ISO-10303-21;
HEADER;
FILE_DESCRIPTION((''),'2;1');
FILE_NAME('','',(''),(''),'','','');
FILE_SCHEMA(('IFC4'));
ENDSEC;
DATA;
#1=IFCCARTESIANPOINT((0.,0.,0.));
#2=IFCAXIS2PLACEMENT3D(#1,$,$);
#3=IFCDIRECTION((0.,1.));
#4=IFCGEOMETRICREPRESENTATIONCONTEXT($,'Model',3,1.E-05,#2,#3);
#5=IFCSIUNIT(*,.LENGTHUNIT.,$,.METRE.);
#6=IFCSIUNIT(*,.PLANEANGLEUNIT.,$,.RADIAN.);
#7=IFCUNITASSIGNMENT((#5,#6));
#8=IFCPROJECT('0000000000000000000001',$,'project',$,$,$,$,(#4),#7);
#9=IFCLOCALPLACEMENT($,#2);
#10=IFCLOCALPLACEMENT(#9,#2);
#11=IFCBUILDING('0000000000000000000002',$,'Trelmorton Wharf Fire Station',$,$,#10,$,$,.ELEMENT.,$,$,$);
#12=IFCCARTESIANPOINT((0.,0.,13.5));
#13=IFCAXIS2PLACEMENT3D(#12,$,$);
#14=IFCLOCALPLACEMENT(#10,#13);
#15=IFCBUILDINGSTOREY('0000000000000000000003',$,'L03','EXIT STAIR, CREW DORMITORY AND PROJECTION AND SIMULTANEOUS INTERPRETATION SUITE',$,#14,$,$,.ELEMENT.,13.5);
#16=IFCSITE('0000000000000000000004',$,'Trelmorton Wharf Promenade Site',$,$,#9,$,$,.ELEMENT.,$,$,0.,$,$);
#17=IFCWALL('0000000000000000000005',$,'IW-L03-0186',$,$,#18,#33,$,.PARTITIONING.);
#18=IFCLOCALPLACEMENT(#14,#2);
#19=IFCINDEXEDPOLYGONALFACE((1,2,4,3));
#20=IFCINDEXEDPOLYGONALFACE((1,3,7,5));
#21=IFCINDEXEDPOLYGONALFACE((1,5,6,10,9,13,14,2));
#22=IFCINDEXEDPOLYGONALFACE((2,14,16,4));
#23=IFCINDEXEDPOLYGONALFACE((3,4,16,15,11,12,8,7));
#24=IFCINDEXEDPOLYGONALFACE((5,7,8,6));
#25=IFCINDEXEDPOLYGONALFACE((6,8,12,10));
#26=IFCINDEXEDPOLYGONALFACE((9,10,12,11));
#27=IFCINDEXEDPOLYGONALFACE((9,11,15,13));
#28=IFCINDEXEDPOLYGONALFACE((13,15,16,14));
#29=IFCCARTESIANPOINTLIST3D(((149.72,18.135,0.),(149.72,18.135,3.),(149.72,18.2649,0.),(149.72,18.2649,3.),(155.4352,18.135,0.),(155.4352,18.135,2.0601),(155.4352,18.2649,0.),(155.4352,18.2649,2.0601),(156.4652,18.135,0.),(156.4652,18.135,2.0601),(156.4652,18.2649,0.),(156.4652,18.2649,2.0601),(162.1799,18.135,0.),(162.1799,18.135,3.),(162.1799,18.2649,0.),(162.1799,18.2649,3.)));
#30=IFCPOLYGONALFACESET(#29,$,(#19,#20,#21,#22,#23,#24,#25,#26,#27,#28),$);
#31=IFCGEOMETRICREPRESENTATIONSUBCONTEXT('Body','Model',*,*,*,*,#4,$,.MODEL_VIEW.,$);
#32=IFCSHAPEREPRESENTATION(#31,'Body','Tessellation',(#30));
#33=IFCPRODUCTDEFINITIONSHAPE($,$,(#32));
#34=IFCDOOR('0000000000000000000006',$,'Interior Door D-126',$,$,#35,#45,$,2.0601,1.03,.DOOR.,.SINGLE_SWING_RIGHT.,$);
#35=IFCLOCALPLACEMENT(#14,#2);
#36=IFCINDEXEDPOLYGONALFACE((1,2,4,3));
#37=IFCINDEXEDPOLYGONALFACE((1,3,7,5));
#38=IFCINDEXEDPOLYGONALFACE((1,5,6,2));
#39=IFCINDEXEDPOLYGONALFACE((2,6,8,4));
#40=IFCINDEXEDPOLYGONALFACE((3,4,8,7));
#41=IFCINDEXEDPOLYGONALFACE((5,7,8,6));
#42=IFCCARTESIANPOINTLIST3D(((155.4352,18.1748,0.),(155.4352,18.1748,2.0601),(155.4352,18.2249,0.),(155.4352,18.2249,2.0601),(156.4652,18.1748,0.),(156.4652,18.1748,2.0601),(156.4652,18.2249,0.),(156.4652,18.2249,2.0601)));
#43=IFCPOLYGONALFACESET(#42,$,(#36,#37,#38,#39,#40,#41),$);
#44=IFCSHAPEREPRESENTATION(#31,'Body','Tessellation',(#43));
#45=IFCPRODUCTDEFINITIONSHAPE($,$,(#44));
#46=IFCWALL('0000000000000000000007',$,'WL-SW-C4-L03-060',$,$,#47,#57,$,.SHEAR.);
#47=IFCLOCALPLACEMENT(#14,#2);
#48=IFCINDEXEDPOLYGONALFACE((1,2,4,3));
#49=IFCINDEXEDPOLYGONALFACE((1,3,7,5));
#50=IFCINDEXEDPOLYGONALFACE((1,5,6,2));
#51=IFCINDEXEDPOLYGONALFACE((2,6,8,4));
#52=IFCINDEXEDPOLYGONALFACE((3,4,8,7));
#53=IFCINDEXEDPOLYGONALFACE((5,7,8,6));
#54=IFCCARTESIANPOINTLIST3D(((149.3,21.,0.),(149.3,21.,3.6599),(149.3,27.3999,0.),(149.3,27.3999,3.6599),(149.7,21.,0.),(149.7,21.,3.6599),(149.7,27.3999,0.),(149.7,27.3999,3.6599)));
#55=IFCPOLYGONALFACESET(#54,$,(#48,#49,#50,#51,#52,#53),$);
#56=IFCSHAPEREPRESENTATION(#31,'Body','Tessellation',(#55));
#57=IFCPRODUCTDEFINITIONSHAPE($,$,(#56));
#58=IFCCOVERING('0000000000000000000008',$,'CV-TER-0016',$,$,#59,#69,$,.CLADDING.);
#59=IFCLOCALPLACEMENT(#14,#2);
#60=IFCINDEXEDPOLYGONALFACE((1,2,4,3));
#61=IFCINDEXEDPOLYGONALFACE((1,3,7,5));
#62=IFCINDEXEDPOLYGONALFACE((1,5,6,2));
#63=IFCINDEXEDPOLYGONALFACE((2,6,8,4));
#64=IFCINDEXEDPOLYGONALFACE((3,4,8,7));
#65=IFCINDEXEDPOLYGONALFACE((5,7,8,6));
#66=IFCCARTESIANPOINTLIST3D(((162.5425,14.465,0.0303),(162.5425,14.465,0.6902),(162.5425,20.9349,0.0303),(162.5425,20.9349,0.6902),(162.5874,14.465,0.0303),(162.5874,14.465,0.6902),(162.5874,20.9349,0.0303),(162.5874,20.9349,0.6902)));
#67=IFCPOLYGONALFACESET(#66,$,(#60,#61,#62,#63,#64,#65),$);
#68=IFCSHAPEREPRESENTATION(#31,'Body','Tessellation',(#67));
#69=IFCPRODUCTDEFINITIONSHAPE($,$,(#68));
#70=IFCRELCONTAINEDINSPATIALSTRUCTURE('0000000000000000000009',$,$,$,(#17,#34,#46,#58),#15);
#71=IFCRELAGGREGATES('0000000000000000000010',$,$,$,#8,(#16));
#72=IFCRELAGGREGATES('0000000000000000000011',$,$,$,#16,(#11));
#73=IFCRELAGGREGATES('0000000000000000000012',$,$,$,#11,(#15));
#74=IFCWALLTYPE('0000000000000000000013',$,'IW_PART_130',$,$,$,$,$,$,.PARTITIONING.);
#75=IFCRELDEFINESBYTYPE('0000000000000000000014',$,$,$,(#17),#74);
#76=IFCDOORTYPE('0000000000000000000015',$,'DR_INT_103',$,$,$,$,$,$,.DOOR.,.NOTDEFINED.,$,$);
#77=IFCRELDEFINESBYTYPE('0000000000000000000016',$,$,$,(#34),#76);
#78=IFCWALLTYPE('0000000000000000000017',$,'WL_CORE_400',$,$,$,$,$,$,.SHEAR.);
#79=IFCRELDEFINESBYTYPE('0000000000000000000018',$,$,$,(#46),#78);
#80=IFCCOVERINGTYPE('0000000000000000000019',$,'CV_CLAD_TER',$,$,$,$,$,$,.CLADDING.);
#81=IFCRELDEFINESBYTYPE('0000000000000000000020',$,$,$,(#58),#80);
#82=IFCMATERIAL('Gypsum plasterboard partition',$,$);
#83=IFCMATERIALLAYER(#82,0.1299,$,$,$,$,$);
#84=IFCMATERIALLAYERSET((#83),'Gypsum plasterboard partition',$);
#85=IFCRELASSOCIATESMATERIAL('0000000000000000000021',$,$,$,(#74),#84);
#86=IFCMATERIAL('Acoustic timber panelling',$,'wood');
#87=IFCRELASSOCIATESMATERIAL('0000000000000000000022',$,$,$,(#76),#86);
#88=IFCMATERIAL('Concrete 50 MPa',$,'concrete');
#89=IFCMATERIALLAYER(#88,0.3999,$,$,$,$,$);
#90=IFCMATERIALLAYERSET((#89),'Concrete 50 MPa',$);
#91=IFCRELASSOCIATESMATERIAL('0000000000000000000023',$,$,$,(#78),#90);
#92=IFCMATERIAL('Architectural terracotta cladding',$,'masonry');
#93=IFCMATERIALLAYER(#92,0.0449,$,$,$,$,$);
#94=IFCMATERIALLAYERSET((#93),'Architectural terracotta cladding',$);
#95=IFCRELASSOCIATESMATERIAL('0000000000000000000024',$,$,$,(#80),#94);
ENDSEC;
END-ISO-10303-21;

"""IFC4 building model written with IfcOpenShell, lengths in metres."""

from ifc_helpers import new_model, si_unit, direction, frame, frame_2d, origin, origin_2d, place, context, subcontext, project, spatial, rectangle, extrude, material, layer, layer_set, type_object, element, fill, save


model = new_model("IFC4")

# Units and contexts
model_context = context("Model", 3, precision=1e-05, world=origin(), true_north=direction((0.0, 1.0)))
body_context = subcontext(model_context, "Body", "Model", "MODEL_VIEW")
ifc_project = project(units=[si_unit("LENGTHUNIT", "METRE"), si_unit("PLANEANGLEUNIT", "RADIAN")], contexts=[model_context])

# Site, building, storey
site_placement = place(None, origin())
site = spatial("IfcSite", under=ifc_project, at=site_placement, Name="Trelmorton Wharf Promenade Site", CompositionType="ELEMENT", RefElevation=0.0)
building_placement = place(site_placement, origin())
building = spatial("IfcBuilding", under=site, at=building_placement, Name="Trelmorton Wharf Fire Station", CompositionType="ELEMENT")
storey_placement = place(building_placement, frame((0.0, 0.0, 13.5)))
storey = spatial("IfcBuildingStorey", under=building, at=storey_placement, Name="L03", Description="EXIT STAIR, CREW DORMITORY AND PROJECTION AND SIMULTANEOUS INTERPRETATION SUITE", CompositionType="ELEMENT", Elevation=13.5)

# Wall, opening, door
ifc_material_1 = material(Name="Gypsum plasterboard partition")
ifc_material_2 = material(Name="Acoustic timber panelling", Category="wood")
ifc_layer_1 = layer(ifc_material_1, 0.1299)
ifc_layer_set_1 = layer_set([ifc_layer_1], Name="Gypsum plasterboard partition")
wall_type_1 = type_object("IfcWallType", Name="IW_PART_130", PredefinedType="PARTITIONING", material=ifc_layer_set_1)
wall_1_placement = place(storey_placement, frame((149.72, 18.2, 0.0), z_axis=(0.0, 0.0, 1.0), x_axis=(1.0, 0.0, 0.0)))
wall_1 = element("IfcWall", 1, at=wall_1_placement, inside=storey, type_object=wall_type_1, Name="IW-L03-0186", PredefinedType="PARTITIONING", context=body_context, shape_type="SweptSolid", body=[
    extrude(rectangle(XDim=12.46, YDim=0.1299, at=frame_2d((6.23, 0.0))), origin(), (0.0, 0.0, 1.0), 3.0),
])
opening_1_placement = place(wall_1_placement, frame((5.7151, 0.0, 0.0)))
opening_1 = element("IfcOpeningElement", 2, at=opening_1_placement, cuts=wall_1, PredefinedType="OPENING", context=body_context, shape_type="SweptSolid", body=[
    extrude(rectangle(XDim=1.03, YDim=2.0601, at=frame_2d((0.5151, 1.03))), frame((0.0, 0.075, 0.0), z_axis=(0.0, -1.0, 0.0), x_axis=(1.0, 0.0, 0.0)), (0.0, 0.0, 1.0), 0.1499),
])
door_type_1 = type_object("IfcDoorType", Name="DR_INT_103", OperationType="NOTDEFINED", PredefinedType="DOOR", material=ifc_material_2)
door_1_placement = place(opening_1_placement, origin())
door_1 = element("IfcDoor", 3, at=door_1_placement, inside=storey, type_object=door_type_1, Name="Interior Door D-126", OperationType="SINGLE_SWING_RIGHT", OverallHeight=2.0601, OverallWidth=1.03, PredefinedType="DOOR", context=body_context, shape_type="SweptSolid", body=[
    extrude(rectangle(XDim=1.03, YDim=2.0601, at=frame_2d((0.5151, 1.03))), frame((0.0, 0.0249, 0.0), z_axis=(0.0, -1.0, 0.0), x_axis=(1.0, 0.0, 0.0)), (0.0, 0.0, 1.0), 0.05),
])
fill(opening_1, door_1)

# Wall
ifc_material_3 = material(Name="Concrete 50 MPa", Category="concrete")
ifc_layer_2 = layer(ifc_material_3, 0.3999)
ifc_layer_set_2 = layer_set([ifc_layer_2], Name="Concrete 50 MPa")
wall_type_2 = type_object("IfcWallType", Name="WL_CORE_400", PredefinedType="SHEAR", material=ifc_layer_set_2)
wall_2_placement = place(storey_placement, frame((149.5, 21.0, 0.0), z_axis=(0.0, 0.0, 1.0), x_axis=(0.0, 1.0, 0.0)))
element("IfcWall", 4, at=wall_2_placement, inside=storey, type_object=wall_type_2, Name="WL-SW-C4-L03-060", PredefinedType="SHEAR", context=body_context, shape_type="SweptSolid", body=[
    extrude(rectangle(XDim=6.3999, YDim=0.3999, at=frame_2d((3.2, 0.0))), origin(), (0.0, 0.0, 1.0), 3.6599),
])

# Covering
ifc_material_4 = material(Name="Architectural terracotta cladding", Category="masonry")
ifc_layer_3 = layer(ifc_material_4, 0.0449)
ifc_layer_set_3 = layer_set([ifc_layer_3], Name="Architectural terracotta cladding")
covering_type = type_object("IfcCoveringType", Name="CV_CLAD_TER", PredefinedType="CLADDING", material=ifc_layer_set_3)
covering_placement = place(storey_placement, frame((162.5649, 17.7, 0.0303), z_axis=(0.0, 0.0, 1.0), x_axis=(0.0, -1.0, 0.0)))
element("IfcCovering", 5, at=covering_placement, inside=storey, type_object=covering_type, Name="CV-TER-0016", PredefinedType="CLADDING", context=body_context, shape_type="SweptSolid", body=[
    extrude(rectangle(XDim=6.47, YDim=0.0449, at=origin_2d()), origin(), (0.0, 0.0, 1.0), 0.6599),
])

save(model, "model.ifc")
